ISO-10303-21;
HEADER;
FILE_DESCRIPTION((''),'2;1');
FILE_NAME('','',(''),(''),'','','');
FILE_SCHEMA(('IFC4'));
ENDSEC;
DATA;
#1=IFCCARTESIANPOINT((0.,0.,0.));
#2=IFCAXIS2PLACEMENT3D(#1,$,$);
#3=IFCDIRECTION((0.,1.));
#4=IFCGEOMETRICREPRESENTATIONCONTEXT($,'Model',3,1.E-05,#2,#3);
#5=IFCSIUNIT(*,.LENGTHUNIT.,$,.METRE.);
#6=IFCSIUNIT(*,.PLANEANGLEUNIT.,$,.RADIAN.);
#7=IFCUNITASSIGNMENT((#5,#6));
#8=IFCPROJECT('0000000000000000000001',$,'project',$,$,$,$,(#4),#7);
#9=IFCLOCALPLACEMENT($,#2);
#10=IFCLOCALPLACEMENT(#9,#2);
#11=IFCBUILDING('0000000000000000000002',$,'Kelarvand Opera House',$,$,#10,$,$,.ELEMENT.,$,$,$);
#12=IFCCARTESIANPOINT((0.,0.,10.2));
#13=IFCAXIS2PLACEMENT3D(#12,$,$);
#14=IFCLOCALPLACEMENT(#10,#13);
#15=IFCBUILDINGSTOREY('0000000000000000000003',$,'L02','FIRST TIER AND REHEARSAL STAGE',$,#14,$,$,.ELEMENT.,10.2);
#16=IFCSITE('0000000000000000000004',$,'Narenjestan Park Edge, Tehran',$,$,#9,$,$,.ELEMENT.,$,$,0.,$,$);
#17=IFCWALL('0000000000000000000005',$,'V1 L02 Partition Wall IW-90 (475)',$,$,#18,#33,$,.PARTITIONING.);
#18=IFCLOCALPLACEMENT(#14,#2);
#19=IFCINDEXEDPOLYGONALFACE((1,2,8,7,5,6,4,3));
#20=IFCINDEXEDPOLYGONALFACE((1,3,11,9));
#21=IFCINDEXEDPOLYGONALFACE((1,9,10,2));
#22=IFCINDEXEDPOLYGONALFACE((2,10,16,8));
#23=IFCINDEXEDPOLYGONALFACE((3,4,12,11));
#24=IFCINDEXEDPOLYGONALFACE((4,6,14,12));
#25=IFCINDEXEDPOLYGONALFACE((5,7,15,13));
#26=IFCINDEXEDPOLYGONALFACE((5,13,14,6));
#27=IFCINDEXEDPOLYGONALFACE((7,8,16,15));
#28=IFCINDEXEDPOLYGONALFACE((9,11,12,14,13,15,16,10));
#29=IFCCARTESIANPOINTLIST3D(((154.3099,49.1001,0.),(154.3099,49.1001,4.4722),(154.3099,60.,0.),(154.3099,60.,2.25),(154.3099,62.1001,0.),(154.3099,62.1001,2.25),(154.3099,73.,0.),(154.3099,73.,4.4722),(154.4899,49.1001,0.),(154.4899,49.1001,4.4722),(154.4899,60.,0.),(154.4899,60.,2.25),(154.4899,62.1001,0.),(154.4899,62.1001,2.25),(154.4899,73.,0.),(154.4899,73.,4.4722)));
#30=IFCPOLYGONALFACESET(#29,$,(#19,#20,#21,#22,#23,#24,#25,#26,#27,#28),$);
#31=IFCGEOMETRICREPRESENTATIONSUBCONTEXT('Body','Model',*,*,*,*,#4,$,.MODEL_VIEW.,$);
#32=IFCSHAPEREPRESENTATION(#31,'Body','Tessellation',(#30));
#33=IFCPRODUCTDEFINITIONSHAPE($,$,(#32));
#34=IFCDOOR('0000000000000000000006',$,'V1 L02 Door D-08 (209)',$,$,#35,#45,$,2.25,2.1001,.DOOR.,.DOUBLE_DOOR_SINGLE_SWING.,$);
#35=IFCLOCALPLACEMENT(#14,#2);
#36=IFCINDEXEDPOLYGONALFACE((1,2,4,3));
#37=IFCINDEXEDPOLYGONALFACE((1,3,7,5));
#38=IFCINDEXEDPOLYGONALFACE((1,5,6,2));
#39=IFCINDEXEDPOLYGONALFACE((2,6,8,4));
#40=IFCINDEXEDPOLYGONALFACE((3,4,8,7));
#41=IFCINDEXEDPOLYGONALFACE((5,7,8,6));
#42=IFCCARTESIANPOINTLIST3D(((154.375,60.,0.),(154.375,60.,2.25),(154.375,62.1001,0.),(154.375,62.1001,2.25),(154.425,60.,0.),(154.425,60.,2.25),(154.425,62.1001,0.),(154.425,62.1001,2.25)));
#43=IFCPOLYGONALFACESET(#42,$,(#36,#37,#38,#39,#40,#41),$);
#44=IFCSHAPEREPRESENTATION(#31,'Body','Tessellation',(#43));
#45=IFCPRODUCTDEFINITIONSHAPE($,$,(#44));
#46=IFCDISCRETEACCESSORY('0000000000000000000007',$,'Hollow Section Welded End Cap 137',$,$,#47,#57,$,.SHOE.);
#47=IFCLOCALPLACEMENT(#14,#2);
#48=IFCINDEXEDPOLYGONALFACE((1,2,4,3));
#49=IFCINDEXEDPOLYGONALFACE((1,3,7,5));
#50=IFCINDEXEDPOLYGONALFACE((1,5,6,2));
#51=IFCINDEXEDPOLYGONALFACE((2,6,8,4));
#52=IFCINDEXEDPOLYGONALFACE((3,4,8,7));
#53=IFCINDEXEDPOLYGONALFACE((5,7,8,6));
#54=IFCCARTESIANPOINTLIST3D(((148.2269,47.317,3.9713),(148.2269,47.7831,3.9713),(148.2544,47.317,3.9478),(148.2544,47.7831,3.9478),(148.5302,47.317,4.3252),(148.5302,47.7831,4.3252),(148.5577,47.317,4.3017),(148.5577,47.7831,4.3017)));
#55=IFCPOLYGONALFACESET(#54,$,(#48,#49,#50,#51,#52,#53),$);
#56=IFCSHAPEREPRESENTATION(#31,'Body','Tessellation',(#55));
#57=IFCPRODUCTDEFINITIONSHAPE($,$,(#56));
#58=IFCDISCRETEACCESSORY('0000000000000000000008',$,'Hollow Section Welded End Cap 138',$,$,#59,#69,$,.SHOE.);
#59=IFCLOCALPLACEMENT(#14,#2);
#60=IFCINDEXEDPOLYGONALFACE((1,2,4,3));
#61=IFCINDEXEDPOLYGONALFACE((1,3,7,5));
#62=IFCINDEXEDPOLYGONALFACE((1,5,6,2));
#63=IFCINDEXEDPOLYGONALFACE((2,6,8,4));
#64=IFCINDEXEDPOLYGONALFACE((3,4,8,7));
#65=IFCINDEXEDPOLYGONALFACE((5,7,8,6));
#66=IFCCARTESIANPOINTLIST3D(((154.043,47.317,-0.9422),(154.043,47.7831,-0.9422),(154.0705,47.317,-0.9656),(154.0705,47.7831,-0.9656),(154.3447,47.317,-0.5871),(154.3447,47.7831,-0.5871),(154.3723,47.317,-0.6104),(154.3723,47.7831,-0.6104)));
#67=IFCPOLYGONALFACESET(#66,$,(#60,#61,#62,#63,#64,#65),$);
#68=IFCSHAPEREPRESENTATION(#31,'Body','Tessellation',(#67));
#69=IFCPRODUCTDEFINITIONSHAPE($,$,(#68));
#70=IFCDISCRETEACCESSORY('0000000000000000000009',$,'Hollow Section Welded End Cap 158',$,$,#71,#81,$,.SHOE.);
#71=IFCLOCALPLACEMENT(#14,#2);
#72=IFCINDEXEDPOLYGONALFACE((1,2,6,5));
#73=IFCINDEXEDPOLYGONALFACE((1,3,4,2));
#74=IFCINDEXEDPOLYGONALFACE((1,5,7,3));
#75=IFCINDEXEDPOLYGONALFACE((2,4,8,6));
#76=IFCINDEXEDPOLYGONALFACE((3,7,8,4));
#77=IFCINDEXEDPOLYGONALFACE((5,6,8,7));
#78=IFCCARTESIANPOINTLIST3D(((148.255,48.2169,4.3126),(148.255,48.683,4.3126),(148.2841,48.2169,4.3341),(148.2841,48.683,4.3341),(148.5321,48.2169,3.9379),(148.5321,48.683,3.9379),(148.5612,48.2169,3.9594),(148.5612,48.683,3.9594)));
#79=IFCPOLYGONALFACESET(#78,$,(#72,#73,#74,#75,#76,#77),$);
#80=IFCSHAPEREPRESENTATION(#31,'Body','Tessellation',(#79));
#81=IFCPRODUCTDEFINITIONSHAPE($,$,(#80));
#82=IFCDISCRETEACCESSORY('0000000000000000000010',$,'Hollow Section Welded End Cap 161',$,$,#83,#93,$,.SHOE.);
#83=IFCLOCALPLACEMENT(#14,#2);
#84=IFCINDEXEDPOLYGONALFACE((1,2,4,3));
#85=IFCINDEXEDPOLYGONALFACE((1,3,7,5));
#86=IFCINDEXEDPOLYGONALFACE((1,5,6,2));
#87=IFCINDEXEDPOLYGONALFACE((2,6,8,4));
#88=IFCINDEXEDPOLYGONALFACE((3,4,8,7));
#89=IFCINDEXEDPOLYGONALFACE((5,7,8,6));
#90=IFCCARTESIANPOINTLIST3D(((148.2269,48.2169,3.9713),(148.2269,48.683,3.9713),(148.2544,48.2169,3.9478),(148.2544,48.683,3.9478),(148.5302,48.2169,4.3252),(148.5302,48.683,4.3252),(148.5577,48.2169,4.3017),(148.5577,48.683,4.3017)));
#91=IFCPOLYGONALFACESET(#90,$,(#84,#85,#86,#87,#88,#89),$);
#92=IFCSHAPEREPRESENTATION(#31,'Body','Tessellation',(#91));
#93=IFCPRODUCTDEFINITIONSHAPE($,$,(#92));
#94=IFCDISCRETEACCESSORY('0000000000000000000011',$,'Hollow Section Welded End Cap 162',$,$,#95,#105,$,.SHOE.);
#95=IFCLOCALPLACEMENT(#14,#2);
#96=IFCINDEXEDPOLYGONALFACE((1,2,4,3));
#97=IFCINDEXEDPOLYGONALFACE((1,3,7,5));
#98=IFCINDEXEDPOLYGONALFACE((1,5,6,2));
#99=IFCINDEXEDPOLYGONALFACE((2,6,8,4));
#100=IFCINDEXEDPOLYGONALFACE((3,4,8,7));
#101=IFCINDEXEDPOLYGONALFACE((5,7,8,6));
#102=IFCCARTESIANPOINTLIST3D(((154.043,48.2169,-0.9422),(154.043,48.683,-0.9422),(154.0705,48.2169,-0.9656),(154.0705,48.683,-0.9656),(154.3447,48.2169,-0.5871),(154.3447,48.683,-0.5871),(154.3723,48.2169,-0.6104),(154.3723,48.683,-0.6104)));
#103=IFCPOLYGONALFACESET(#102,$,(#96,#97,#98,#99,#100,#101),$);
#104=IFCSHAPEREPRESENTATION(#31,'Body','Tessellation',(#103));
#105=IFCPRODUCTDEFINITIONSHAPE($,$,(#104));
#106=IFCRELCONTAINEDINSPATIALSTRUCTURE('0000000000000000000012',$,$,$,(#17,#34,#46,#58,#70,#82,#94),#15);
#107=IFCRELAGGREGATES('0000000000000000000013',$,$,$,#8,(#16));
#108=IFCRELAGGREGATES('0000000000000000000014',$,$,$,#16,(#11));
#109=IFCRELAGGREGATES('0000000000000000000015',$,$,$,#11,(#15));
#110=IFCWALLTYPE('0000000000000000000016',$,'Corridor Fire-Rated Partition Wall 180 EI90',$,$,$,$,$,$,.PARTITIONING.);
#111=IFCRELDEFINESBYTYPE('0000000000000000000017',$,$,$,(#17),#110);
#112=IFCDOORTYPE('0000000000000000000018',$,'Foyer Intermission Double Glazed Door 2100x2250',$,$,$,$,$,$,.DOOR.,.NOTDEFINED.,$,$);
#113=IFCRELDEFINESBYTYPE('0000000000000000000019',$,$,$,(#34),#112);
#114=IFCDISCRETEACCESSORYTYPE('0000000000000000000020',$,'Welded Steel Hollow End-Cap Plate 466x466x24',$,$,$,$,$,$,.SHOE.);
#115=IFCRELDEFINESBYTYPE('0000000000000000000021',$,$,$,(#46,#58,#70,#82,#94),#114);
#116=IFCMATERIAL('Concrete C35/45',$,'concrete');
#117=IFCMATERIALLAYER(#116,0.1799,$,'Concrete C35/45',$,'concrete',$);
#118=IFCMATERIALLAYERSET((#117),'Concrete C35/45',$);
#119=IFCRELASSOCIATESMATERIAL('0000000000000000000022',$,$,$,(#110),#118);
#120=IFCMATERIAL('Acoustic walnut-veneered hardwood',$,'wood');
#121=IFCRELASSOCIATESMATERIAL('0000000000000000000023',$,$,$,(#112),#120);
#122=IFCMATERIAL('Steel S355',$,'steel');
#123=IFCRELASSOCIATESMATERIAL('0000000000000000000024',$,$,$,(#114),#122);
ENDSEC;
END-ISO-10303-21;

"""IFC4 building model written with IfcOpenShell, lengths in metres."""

from ifc_helpers import new_model, si_unit, direction, frame, frame_2d, origin, origin_2d, place, context, subcontext, project, spatial, rectangle, extrude, material, layer, layer_set, material_profile, profile_set, type_object, element, fill, save


model = new_model("IFC4")

# Units and contexts
model_context = context("Model", 3, precision=1e-05, world=origin(), true_north=direction((0.0, 1.0)))
body_context = subcontext(model_context, "Body", "Model", "MODEL_VIEW")
ifc_project = project(units=[si_unit("LENGTHUNIT", "METRE"), si_unit("PLANEANGLEUNIT", "RADIAN")], contexts=[model_context])

# Site, building, storey
site_placement = place(None, origin())
site = spatial("IfcSite", under=ifc_project, at=site_placement, Name="Narenjestan Park Edge, Tehran", CompositionType="ELEMENT", RefElevation=0.0)
building_placement = place(site_placement, origin())
building = spatial("IfcBuilding", under=site, at=building_placement, Name="Kelarvand Opera House", CompositionType="ELEMENT")
storey_placement = place(building_placement, frame((0.0, 0.0, 10.2)))
storey = spatial("IfcBuildingStorey", under=building, at=storey_placement, Name="L02", Description="FIRST TIER AND REHEARSAL STAGE", CompositionType="ELEMENT", Elevation=10.2)

# Shared definitions
ifc_material_1 = material(Name="Steel S355", Category="steel")

# Wall, opening, door
ifc_material_2 = material(Name="Concrete C35/45", Category="concrete")
ifc_layer_1 = layer(ifc_material_2, 0.1799, Name="Concrete C35/45", Category="concrete")
ifc_layer_set_1 = layer_set([ifc_layer_1], Name="Concrete C35/45")
wall_type = type_object("IfcWallType", Name="Corridor Fire-Rated Partition Wall 180 EI90", PredefinedType="PARTITIONING", material=ifc_layer_set_1)
wall_placement = place(storey_placement, frame((154.3999, 49.1001, 0.0), z_axis=(0.0, 0.0, 1.0), x_axis=(0.0, 1.0, 0.0)))
wall = element("IfcWall", 1, at=wall_placement, inside=storey, type_object=wall_type, Name="V1 L02 Partition Wall IW-90 (475)", PredefinedType="PARTITIONING", context=body_context, shape_type="SweptSolid", body=[
    extrude(rectangle(XDim=23.8999, YDim=0.1799, at=frame_2d((11.95, 0.0))), origin(), (0.0, 0.0, 1.0), 4.4722),
])
opening_placement = place(wall_placement, frame((10.8999, 0.0, 0.0)))
opening = element("IfcOpeningElement", 2, at=opening_placement, cuts=wall, PredefinedType="OPENING", context=body_context, shape_type="SweptSolid", body=[
    extrude(rectangle(XDim=2.1001, YDim=2.25, at=frame_2d((1.05, 1.125))), frame((0.0, 0.1001, 0.0), z_axis=(0.0, -1.0, 0.0), x_axis=(1.0, 0.0, 0.0)), (0.0, 0.0, 1.0), 0.2),
])
ifc_material_3 = material(Name="Acoustic walnut-veneered hardwood", Category="wood")
door_type = type_object("IfcDoorType", Name="Foyer Intermission Double Glazed Door 2100x2250", OperationType="NOTDEFINED", PredefinedType="DOOR", material=ifc_material_3)
door_placement = place(opening_placement, origin())
door = element("IfcDoor", 3, at=door_placement, inside=storey, type_object=door_type, Name="V1 L02 Door D-08 (209)", OperationType="DOUBLE_DOOR_SINGLE_SWING", OverallHeight=2.25, OverallWidth=2.1001, PredefinedType="DOOR", context=body_context, shape_type="SweptSolid", body=[
    extrude(rectangle(XDim=2.1001, YDim=2.25, at=frame_2d((1.05, 1.125))), frame((0.0, 0.0249, 0.0), z_axis=(0.0, -1.0, 0.0), x_axis=(1.0, 0.0, 0.0)), (0.0, 0.0, 1.0), 0.05),
])
fill(opening, door)

# Discrete accessories
ifc_material_profile_1 = material_profile(ifc_material_1, rectangle(XDim=0.4661, YDim=0.4661, at=origin_2d()), Name="Welded Steel Hollow End-Cap Plate 466x466x24", Category="steel")
ifc_profile_set_1 = profile_set([ifc_material_profile_1], Name="Steel S355")
discrete_accessory_type = type_object("IfcDiscreteAccessoryType", Name="Welded Steel Hollow End-Cap Plate 466x466x24", PredefinedType="SHOE", material=ifc_profile_set_1)
for number, where, z_axis, x_axis, name in (
    (4, (148.406, 47.55, 4.1248), (-0.759257, 0.0, 0.650791), (0.0, -1.0, 0.0), "Hollow Section Welded End Cap 137"),
    (5, (154.1938, 47.55, -0.7646), (0.762106, 0.0, -0.647453), (0.0, 1.0, 0.0), "Hollow Section Welded End Cap 138"),
    (6, (148.3936, 48.45, 4.1252), (0.804036, 0.0, 0.594581), (0.0, 1.0, 0.0), "Hollow Section Welded End Cap 158"),
    (7, (148.406, 48.45, 4.1248), (-0.759257, 0.0, 0.650791), (0.0, -1.0, 0.0), "Hollow Section Welded End Cap 161"),
    (8, (154.1938, 48.45, -0.7646), (0.762106, 0.0, -0.647453), (0.0, 1.0, 0.0), "Hollow Section Welded End Cap 162"),
):
    element("IfcDiscreteAccessory", number, at=place(storey_placement, frame(where, z_axis=z_axis, x_axis=x_axis)), inside=storey, type_object=discrete_accessory_type, Name=name, PredefinedType="SHOE", context=body_context, shape_type="SweptSolid", body=[
        extrude(rectangle(XDim=0.4661, YDim=0.4661, at=origin_2d()), origin(), (0.0, 0.0, 1.0), 0.0361),
    ])

save(model, "model.ifc")
